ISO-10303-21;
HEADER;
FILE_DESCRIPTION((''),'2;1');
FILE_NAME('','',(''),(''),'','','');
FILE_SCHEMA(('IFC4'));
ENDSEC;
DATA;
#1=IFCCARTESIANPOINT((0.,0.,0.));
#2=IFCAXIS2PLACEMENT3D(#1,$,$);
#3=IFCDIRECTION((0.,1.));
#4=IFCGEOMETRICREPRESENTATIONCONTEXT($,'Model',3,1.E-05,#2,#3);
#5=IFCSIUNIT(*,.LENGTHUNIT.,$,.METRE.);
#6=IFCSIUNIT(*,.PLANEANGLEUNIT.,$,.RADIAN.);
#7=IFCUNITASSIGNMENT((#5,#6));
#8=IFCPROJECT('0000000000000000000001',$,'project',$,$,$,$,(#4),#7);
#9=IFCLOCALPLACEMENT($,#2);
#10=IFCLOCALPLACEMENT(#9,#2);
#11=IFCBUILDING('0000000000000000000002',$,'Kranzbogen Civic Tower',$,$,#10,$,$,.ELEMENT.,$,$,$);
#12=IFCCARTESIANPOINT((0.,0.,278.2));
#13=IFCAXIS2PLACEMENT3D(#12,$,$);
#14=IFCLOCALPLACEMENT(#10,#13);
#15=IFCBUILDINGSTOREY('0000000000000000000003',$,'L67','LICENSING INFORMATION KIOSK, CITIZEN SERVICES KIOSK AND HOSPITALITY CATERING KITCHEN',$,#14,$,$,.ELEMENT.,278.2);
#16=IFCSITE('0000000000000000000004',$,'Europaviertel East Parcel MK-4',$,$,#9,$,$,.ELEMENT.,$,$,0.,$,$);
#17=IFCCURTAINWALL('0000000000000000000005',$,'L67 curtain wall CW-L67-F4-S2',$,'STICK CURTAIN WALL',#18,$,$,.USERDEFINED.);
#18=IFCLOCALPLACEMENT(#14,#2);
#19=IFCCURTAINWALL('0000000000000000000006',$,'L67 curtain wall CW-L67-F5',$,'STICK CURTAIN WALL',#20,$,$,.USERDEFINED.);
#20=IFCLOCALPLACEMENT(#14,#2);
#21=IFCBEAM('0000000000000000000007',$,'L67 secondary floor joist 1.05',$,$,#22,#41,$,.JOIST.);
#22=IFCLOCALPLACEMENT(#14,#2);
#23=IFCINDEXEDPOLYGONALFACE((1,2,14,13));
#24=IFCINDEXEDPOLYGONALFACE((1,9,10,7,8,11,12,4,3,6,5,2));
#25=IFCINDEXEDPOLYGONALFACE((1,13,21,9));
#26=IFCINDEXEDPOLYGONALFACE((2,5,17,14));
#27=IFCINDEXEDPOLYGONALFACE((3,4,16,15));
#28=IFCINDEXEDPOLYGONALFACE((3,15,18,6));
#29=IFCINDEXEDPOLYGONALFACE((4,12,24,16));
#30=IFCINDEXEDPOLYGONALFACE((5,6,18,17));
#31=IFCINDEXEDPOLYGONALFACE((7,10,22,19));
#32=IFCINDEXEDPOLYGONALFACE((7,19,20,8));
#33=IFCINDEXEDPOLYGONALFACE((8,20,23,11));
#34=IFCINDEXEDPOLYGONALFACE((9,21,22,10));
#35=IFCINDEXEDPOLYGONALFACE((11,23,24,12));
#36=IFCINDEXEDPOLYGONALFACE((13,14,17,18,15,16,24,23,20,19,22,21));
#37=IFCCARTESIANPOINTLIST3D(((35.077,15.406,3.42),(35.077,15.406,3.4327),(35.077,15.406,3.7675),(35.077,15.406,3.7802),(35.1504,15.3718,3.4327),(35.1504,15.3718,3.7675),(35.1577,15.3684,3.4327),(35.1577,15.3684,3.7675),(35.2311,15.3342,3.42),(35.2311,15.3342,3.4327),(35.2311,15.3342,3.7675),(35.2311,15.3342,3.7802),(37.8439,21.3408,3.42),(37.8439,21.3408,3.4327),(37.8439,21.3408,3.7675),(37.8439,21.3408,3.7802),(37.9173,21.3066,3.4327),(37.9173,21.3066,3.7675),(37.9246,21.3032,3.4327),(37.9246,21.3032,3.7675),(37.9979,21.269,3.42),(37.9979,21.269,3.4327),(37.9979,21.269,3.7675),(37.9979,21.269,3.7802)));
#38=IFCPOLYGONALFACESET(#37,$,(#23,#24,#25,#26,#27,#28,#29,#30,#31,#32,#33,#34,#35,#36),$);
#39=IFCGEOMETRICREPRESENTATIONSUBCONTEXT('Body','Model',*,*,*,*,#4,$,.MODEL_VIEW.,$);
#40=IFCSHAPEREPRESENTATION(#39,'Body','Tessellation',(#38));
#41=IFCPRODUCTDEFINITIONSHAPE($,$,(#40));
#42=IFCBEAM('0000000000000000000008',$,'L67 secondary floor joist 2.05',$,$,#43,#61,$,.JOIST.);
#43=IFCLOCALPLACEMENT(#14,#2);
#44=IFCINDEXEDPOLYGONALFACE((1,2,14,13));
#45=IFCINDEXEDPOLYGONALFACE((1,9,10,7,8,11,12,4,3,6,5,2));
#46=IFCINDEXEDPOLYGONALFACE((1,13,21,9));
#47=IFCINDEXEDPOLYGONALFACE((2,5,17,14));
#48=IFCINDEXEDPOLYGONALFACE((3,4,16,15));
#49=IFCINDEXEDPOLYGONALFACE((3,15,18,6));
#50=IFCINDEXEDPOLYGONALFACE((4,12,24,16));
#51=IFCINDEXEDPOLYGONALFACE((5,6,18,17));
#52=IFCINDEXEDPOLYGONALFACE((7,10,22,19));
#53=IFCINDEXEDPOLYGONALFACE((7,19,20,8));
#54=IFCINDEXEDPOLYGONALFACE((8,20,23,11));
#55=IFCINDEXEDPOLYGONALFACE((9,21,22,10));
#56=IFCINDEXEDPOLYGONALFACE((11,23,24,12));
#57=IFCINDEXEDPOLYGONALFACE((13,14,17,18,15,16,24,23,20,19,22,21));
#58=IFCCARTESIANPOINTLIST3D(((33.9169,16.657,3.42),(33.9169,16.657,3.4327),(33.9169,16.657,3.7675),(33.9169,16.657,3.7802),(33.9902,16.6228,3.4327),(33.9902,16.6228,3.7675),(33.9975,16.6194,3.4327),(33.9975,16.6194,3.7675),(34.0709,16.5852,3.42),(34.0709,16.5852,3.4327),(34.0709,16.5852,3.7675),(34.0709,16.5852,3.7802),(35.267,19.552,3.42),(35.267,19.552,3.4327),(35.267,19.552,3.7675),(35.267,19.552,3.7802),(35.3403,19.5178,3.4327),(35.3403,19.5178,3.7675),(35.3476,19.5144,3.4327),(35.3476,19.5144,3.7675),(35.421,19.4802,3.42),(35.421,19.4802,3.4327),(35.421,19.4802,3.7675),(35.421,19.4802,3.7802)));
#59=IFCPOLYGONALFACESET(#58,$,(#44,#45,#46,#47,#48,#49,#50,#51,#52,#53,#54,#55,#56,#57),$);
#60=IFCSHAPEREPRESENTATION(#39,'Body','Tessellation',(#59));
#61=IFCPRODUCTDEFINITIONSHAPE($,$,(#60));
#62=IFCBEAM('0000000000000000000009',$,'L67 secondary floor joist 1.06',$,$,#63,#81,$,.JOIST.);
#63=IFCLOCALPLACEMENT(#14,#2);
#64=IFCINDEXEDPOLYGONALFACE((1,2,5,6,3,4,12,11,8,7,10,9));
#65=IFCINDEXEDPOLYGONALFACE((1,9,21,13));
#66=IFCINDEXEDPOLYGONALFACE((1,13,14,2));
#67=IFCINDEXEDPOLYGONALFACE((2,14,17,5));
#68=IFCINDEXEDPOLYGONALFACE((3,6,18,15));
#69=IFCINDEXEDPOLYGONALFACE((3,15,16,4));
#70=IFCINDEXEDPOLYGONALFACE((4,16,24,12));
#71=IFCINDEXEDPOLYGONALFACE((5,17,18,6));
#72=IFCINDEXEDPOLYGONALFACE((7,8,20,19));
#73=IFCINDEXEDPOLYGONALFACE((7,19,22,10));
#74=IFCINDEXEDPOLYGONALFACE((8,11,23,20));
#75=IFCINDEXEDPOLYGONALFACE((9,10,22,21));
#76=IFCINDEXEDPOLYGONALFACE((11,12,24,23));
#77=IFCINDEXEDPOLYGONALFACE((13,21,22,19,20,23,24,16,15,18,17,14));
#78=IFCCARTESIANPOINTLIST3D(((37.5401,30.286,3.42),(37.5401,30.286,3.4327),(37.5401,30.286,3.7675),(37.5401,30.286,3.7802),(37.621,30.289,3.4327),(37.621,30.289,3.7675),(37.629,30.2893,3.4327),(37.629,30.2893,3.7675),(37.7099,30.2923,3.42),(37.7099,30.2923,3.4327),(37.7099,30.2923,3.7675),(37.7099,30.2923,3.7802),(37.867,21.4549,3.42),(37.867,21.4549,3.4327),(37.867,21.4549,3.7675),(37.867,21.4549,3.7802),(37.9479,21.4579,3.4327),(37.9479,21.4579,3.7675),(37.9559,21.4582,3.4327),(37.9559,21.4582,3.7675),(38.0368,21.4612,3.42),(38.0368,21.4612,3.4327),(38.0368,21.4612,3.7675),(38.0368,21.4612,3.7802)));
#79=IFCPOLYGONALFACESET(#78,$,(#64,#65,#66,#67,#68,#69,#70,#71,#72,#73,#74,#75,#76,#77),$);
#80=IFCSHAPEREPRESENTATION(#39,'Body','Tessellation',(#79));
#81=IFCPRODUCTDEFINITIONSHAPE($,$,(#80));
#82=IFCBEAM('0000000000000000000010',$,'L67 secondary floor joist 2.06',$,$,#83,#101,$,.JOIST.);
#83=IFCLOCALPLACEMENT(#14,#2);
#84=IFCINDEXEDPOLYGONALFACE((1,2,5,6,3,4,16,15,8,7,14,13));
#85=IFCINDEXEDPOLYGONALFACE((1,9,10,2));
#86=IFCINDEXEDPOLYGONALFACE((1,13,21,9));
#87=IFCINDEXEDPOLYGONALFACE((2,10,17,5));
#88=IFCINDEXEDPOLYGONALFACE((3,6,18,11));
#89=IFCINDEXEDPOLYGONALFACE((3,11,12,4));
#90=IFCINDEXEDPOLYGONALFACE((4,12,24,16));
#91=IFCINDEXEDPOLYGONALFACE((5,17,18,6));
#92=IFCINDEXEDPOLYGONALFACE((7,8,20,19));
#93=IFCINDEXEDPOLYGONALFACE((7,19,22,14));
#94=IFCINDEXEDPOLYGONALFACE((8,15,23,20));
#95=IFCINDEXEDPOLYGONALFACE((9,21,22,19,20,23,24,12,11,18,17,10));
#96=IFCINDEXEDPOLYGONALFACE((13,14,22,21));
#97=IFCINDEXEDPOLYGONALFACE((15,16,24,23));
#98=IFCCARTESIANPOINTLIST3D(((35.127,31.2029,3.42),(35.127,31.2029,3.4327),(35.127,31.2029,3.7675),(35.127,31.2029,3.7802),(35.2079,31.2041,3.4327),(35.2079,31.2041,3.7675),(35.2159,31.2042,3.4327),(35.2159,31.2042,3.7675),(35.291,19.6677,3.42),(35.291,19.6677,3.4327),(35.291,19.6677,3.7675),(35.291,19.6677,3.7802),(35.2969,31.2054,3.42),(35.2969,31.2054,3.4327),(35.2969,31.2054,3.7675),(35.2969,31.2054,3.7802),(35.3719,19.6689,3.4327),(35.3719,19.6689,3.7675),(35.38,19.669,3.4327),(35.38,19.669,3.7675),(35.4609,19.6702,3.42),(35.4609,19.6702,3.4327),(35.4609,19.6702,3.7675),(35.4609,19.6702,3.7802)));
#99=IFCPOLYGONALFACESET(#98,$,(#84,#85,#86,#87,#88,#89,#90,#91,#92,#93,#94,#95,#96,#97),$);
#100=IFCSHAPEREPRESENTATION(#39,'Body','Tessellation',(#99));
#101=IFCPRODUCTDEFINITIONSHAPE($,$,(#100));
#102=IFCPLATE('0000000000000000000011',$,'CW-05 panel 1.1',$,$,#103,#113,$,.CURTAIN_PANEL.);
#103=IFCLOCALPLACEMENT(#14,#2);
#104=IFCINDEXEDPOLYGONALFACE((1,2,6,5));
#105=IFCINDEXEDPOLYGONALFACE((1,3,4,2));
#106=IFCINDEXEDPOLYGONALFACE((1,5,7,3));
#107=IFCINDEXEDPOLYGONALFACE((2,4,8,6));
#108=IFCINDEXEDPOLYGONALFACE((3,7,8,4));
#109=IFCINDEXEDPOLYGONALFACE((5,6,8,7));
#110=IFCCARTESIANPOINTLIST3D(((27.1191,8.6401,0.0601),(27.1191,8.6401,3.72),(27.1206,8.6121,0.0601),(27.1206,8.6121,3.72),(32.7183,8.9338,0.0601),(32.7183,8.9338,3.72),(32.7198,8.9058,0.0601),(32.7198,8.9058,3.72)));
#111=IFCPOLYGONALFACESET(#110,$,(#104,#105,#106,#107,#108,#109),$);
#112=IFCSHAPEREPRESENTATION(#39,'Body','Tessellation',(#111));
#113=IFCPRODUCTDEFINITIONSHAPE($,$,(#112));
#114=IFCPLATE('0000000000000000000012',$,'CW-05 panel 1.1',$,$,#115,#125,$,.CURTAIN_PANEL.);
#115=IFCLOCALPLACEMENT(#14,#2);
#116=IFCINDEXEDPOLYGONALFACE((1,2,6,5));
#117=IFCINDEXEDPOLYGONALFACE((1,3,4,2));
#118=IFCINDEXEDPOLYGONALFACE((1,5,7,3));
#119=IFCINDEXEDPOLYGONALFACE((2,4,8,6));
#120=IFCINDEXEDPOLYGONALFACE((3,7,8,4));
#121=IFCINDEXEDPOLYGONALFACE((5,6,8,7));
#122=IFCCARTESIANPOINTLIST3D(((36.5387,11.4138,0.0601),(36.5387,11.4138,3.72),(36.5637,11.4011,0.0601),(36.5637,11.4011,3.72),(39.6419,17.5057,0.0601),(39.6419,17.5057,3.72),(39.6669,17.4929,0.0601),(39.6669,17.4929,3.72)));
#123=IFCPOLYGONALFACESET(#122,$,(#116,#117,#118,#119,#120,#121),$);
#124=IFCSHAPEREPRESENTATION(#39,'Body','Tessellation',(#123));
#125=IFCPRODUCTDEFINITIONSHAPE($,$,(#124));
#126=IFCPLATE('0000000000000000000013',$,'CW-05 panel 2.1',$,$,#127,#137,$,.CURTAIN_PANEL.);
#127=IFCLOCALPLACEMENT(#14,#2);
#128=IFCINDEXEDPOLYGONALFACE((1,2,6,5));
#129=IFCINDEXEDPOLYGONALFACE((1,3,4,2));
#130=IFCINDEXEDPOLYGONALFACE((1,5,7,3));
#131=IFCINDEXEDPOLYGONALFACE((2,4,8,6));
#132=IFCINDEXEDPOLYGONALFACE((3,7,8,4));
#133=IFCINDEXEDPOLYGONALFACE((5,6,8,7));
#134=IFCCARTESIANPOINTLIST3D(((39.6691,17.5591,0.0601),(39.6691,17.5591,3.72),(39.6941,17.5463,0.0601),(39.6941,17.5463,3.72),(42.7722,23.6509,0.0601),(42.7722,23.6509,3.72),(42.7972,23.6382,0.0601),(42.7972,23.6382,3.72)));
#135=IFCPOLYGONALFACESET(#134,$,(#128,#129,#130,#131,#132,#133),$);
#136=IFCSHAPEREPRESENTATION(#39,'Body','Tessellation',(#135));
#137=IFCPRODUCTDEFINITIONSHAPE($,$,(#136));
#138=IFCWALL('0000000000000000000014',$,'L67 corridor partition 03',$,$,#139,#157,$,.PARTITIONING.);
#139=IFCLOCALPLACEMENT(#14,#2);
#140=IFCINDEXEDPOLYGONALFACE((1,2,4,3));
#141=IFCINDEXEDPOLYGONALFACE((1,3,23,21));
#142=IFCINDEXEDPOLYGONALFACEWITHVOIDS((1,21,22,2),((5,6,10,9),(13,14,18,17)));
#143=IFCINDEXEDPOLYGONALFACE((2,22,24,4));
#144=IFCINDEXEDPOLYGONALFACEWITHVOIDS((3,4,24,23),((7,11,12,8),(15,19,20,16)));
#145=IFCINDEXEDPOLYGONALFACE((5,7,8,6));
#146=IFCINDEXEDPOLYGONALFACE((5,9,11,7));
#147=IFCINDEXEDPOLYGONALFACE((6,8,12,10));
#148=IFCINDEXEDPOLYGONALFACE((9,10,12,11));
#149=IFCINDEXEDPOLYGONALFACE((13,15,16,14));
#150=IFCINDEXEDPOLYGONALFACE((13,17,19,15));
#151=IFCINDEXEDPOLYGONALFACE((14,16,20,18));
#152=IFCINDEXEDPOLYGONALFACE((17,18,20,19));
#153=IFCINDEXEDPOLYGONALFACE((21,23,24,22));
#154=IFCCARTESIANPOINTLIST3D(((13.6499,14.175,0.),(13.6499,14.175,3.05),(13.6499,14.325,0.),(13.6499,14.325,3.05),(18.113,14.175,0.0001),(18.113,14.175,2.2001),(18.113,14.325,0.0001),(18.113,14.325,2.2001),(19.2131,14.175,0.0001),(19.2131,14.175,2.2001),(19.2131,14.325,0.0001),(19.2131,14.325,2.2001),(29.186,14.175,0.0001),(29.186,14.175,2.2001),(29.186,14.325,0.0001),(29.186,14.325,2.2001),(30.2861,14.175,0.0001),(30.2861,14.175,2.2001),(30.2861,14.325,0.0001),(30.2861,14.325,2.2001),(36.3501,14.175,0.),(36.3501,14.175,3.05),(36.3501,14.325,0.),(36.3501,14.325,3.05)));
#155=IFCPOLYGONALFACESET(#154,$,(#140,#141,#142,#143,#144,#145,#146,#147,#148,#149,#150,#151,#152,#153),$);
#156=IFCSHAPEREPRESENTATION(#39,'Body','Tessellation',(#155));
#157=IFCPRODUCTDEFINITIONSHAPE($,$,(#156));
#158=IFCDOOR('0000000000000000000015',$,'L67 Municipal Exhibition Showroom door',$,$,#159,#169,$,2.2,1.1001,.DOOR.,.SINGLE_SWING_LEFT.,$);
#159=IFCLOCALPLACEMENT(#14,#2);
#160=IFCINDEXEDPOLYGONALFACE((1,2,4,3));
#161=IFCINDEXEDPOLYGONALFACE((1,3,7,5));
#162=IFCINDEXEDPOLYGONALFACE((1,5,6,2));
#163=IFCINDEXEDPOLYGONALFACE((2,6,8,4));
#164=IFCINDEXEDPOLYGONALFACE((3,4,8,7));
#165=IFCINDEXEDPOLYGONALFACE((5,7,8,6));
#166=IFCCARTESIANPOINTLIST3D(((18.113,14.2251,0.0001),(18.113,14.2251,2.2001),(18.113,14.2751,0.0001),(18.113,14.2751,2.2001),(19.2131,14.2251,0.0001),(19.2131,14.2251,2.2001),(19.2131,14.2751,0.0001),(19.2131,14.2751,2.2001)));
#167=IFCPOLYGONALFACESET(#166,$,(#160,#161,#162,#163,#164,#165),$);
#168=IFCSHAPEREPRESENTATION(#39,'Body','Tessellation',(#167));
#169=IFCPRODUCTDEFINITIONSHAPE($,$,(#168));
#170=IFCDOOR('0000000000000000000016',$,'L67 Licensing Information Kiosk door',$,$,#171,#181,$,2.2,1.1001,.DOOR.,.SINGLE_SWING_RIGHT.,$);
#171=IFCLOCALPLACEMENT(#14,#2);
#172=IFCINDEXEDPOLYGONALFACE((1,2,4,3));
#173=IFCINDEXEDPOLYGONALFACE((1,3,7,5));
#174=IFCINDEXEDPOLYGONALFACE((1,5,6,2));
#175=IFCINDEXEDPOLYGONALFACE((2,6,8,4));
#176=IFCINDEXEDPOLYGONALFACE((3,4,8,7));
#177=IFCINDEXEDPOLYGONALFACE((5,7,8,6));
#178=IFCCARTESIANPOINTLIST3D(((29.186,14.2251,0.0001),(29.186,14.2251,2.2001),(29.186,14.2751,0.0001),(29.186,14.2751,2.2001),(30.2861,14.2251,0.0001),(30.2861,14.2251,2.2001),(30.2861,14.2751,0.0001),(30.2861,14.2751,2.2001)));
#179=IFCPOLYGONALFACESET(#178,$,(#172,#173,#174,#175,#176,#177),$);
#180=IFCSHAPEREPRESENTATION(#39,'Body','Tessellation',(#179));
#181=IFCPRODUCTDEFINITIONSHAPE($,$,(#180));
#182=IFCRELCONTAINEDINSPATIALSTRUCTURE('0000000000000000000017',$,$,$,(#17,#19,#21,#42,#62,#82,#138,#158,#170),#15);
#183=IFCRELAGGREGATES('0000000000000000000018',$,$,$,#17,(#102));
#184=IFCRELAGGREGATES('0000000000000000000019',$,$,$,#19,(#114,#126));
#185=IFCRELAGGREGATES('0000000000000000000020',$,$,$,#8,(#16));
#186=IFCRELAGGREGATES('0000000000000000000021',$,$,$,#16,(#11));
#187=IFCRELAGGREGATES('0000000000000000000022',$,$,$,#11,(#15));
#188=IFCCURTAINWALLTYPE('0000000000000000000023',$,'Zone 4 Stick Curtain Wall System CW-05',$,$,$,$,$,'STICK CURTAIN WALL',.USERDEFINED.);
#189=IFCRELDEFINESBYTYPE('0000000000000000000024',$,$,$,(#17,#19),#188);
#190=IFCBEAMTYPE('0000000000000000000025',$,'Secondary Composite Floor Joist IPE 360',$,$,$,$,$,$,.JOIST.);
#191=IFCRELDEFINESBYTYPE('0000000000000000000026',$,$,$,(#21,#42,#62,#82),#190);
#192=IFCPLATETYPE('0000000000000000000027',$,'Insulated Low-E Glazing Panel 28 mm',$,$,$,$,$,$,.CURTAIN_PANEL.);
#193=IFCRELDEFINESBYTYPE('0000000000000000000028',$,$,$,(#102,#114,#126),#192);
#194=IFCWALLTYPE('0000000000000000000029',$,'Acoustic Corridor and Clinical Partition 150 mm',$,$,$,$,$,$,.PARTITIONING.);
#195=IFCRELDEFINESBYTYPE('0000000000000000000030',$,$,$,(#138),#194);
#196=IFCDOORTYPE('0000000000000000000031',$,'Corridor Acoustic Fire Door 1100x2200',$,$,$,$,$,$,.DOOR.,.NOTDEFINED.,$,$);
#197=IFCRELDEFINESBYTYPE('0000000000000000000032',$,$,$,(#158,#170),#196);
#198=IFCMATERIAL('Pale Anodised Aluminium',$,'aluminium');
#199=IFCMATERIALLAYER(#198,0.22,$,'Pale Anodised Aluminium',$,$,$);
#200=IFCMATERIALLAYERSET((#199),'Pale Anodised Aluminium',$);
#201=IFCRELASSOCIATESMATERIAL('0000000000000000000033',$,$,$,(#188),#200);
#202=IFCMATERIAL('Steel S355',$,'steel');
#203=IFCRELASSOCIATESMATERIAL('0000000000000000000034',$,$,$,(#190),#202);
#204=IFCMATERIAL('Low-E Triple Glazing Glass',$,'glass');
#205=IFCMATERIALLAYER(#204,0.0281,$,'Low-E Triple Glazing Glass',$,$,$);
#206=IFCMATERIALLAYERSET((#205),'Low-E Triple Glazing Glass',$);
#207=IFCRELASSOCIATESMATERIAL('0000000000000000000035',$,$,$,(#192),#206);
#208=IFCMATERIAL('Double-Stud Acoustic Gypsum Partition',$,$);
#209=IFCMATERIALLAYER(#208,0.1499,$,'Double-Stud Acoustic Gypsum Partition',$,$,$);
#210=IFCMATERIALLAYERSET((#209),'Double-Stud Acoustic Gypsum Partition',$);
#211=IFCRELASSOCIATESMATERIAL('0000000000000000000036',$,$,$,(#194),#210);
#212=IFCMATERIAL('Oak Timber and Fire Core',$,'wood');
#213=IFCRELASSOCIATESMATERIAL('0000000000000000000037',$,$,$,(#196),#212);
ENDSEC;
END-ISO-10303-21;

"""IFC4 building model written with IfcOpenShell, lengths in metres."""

from ifc_helpers import new_model, si_unit, direction, frame, frame_2d, origin, origin_2d, place, context, subcontext, project, spatial, rectangle, i_section, extrude, material, layer, layer_set, material_profile, profile_set, type_object, element, fill, aggregate, save


model = new_model("IFC4")

# Units and contexts
model_context = context("Model", 3, precision=1e-05, world=origin(), true_north=direction((0.0, 1.0)))
body_context = subcontext(model_context, "Body", "Model", "MODEL_VIEW")
ifc_project = project(units=[si_unit("LENGTHUNIT", "METRE"), si_unit("PLANEANGLEUNIT", "RADIAN")], contexts=[model_context])

# Site, building, storey
site_placement = place(None, origin())
site = spatial("IfcSite", under=ifc_project, at=site_placement, Name="Europaviertel East Parcel MK-4", CompositionType="ELEMENT", RefElevation=0.0)
building_placement = place(site_placement, origin())
building = spatial("IfcBuilding", under=site, at=building_placement, Name="Kranzbogen Civic Tower", CompositionType="ELEMENT")
storey_placement = place(building_placement, frame((0.0, 0.0, 278.2)))
storey = spatial("IfcBuildingStorey", under=building, at=storey_placement, Name="L67", Description="LICENSING INFORMATION KIOSK, CITIZEN SERVICES KIOSK AND HOSPITALITY CATERING KITCHEN", CompositionType="ELEMENT", Elevation=278.2)

# Shared definitions
ifc_material_1 = material(Name="Steel S355", Category="steel")

# Curtain wall
ifc_material_2 = material(Name="Pale Anodised Aluminium", Category="aluminium")
ifc_layer_1 = layer(ifc_material_2, 0.22, Name="Pale Anodised Aluminium")
ifc_layer_set_1 = layer_set([ifc_layer_1], Name="Pale Anodised Aluminium")
curtain_wall_type = type_object("IfcCurtainWallType", Name="Zone 4 Stick Curtain Wall System CW-05", ElementType="STICK CURTAIN WALL", PredefinedType="USERDEFINED", material=ifc_layer_set_1)
curtain_wall_1_placement = place(storey_placement, origin())
curtain_wall_1 = element("IfcCurtainWall", 1, at=curtain_wall_1_placement, inside=storey, type_object=curtain_wall_type, Name="L67 curtain wall CW-L67-F4-S2", ObjectType="STICK CURTAIN WALL", PredefinedType="USERDEFINED")

# Curtain wall
curtain_wall_2_placement = place(storey_placement, origin())
curtain_wall_2 = element("IfcCurtainWall", 2, at=curtain_wall_2_placement, inside=storey, type_object=curtain_wall_type, Name="L67 curtain wall CW-L67-F5", ObjectType="STICK CURTAIN WALL", PredefinedType="USERDEFINED")

# Beams
ifc_material_profile_1 = material_profile(ifc_material_1, i_section(OverallWidth=0.1699, OverallDepth=0.3601, WebThickness=0.0081, FlangeThickness=0.0127, at=origin_2d()), Name="IPE 360")
ifc_profile_set_1 = profile_set([ifc_material_profile_1], Name="Steel S355")
beam_type_1 = type_object("IfcBeamType", Name="Secondary Composite Floor Joist IPE 360", PredefinedType="JOIST", material=ifc_profile_set_1)
beam_1_placement = place(storey_placement, frame((35.1541, 15.3701, 3.6001), z_axis=(0.422543, 0.906343, 0.0), x_axis=(-0.906343, 0.422543, 0.0)))
element("IfcBeam", 3, at=beam_1_placement, inside=storey, type_object=beam_type_1, Name="L67 secondary floor joist 1.05", PredefinedType="JOIST", context=body_context, shape_type="SweptSolid", body=[
    extrude(i_section(OverallWidth=0.1699, OverallDepth=0.3601, WebThickness=0.0081, FlangeThickness=0.0127, at=origin_2d()), origin(), (0.0, 0.0, 1.0), 6.5481),
])
beam_2_placement = place(storey_placement, frame((33.9939, 16.6211, 3.6001), z_axis=(0.422651, 0.906292, 0.0), x_axis=(-0.906292, 0.422651, 0.0)))
element("IfcBeam", 4, at=beam_2_placement, inside=storey, type_object=beam_type_1, Name="L67 secondary floor joist 2.05", PredefinedType="JOIST", context=body_context, shape_type="SweptSolid", body=[
    extrude(i_section(OverallWidth=0.1699, OverallDepth=0.3601, WebThickness=0.0081, FlangeThickness=0.0127, at=origin_2d()), origin(), (0.0, 0.0, 1.0), 3.1943),
])
beam_3_placement = place(storey_placement, frame((37.9519, 21.458, 3.6001), z_axis=(-0.036992, 0.999316, 0.0), x_axis=(-0.999316, -0.036992, 0.0)))
element("IfcBeam", 5, at=beam_3_placement, inside=storey, type_object=beam_type_1, Name="L67 secondary floor joist 1.06", PredefinedType="JOIST", context=body_context, shape_type="SweptSolid", body=[
    extrude(i_section(OverallWidth=0.1699, OverallDepth=0.3601, WebThickness=0.0081, FlangeThickness=0.0127, at=origin_2d()), origin(), (0.0, 0.0, 1.0), 8.8372),
])
beam_4_placement = place(storey_placement, frame((35.376, 19.6689, 3.6001), z_axis=(-0.014221, 0.999899, 0.0), x_axis=(-0.999899, -0.014221, 0.0)))
element("IfcBeam", 6, at=beam_4_placement, inside=storey, type_object=beam_type_1, Name="L67 secondary floor joist 2.06", PredefinedType="JOIST", context=body_context, shape_type="SweptSolid", body=[
    extrude(i_section(OverallWidth=0.1699, OverallDepth=0.3601, WebThickness=0.0081, FlangeThickness=0.0127, at=origin_2d()), origin(), (0.0, 0.0, 1.0), 11.5364),
])

# Plates
ifc_material_3 = material(Name="Low-E Triple Glazing Glass", Category="glass")
ifc_layer_2 = layer(ifc_material_3, 0.0281, Name="Low-E Triple Glazing Glass")
ifc_layer_set_2 = layer_set([ifc_layer_2], Name="Low-E Triple Glazing Glass")
plate_type = type_object("IfcPlateType", Name="Insulated Low-E Glazing Panel 28 mm", PredefinedType="CURTAIN_PANEL", material=ifc_layer_set_2)
plate_1_placement = place(storey_placement, frame((29.9194, 8.7729, 0.0601), z_axis=(0.0, 0.0, 1.0), x_axis=(0.998627, 0.052385, 0.0)))
plate_1 = element("IfcPlate", 7, at=plate_1_placement, type_object=plate_type, Name="CW-05 panel 1.1", PredefinedType="CURTAIN_PANEL", context=body_context, shape_type="SweptSolid", body=[
    extrude(rectangle(XDim=5.6069, YDim=0.0281, at=origin_2d()), origin(), (0.0, 0.0, 1.0), 3.6599),
])
aggregate(curtain_wall_1, [plate_1])
plate_2_placement = place(storey_placement, frame((38.1028, 14.4534, 0.0601), z_axis=(0.0, 0.0, 1.0), x_axis=(0.4539, 0.891053, 0.0)))
plate_2 = element("IfcPlate", 8, at=plate_2_placement, type_object=plate_type, Name="CW-05 panel 1.1", PredefinedType="CURTAIN_PANEL", context=body_context, shape_type="SweptSolid", body=[
    extrude(rectangle(XDim=6.8367, YDim=0.0281, at=origin_2d()), origin(), (0.0, 0.0, 1.0), 3.6599),
])
plate_3_placement = place(storey_placement, frame((41.2332, 20.5986, 0.0601), z_axis=(0.0, 0.0, 1.0), x_axis=(0.4539, 0.891053, 0.0)))
plate_3 = element("IfcPlate", 9, at=plate_3_placement, type_object=plate_type, Name="CW-05 panel 2.1", PredefinedType="CURTAIN_PANEL", context=body_context, shape_type="SweptSolid", body=[
    extrude(rectangle(XDim=6.8367, YDim=0.0281, at=origin_2d()), origin(), (0.0, 0.0, 1.0), 3.6599),
])
aggregate(curtain_wall_2, [plate_2, plate_3])

# Wall, openings, doors
ifc_material_4 = material(Name="Double-Stud Acoustic Gypsum Partition")
ifc_layer_3 = layer(ifc_material_4, 0.1499, Name="Double-Stud Acoustic Gypsum Partition")
ifc_layer_set_3 = layer_set([ifc_layer_3], Name="Double-Stud Acoustic Gypsum Partition")
wall_type_1 = type_object("IfcWallType", Name="Acoustic Corridor and Clinical Partition 150 mm", PredefinedType="PARTITIONING", material=ifc_layer_set_3)
wall_1_placement = place(storey_placement, frame((36.3501, 14.25, 0.0), z_axis=(0.0, 0.0, 1.0), x_axis=(-1.0, 0.0, 0.0)))
wall_1 = element("IfcWall", 10, at=wall_1_placement, inside=storey, type_object=wall_type_1, Name="L67 corridor partition 03", PredefinedType="PARTITIONING", context=body_context, shape_type="SweptSolid", body=[
    extrude(rectangle(XDim=22.7002, YDim=0.1499, at=frame_2d((11.3501, 0.0))), origin(), (0.0, 0.0, 1.0), 3.05),
])
opening_1_placement = place(wall_1_placement, frame((17.137, 0.0, 0.0)))
opening_1 = element("IfcOpeningElement", 11, at=opening_1_placement, cuts=wall_1, PredefinedType="OPENING", context=body_context, shape_type="SweptSolid", body=[
    extrude(rectangle(XDim=1.1001, YDim=2.2, at=frame_2d((0.55, 1.1001))), frame((0.0, 0.085, 0.0), z_axis=(0.0, -1.0, 0.0), x_axis=(1.0, 0.0, 0.0)), (0.0, 0.0, 1.0), 0.1699),
])
opening_2_placement = place(wall_1_placement, frame((6.064, 0.0, 0.0)))
opening_2 = element("IfcOpeningElement", 12, at=opening_2_placement, cuts=wall_1, PredefinedType="OPENING", context=body_context, shape_type="SweptSolid", body=[
    extrude(rectangle(XDim=1.1001, YDim=2.2, at=frame_2d((0.55, 1.1001))), frame((0.0, 0.085, 0.0), z_axis=(0.0, -1.0, 0.0), x_axis=(1.0, 0.0, 0.0)), (0.0, 0.0, 1.0), 0.1699),
])
ifc_material_5 = material(Name="Oak Timber and Fire Core", Category="wood")
door_type_1 = type_object("IfcDoorType", Name="Corridor Acoustic Fire Door 1100x2200", OperationType="NOTDEFINED", PredefinedType="DOOR", material=ifc_material_5)
door_1_placement = place(opening_1_placement, origin())
door_1 = element("IfcDoor", 13, at=door_1_placement, inside=storey, type_object=door_type_1, Name="L67 Municipal Exhibition Showroom door", OperationType="SINGLE_SWING_LEFT", OverallHeight=2.2, OverallWidth=1.1001, PredefinedType="DOOR", context=body_context, shape_type="SweptSolid", body=[
    extrude(rectangle(XDim=1.1001, YDim=2.2, at=frame_2d((0.55, 1.1001))), frame((0.0, 0.0249, 0.0), z_axis=(0.0, -1.0, 0.0), x_axis=(1.0, 0.0, 0.0)), (0.0, 0.0, 1.0), 0.05),
])
fill(opening_1, door_1)
door_2_placement = place(opening_2_placement, origin())
door_2 = element("IfcDoor", 14, at=door_2_placement, inside=storey, type_object=door_type_1, Name="L67 Licensing Information Kiosk door", OperationType="SINGLE_SWING_RIGHT", OverallHeight=2.2, OverallWidth=1.1001, PredefinedType="DOOR", context=body_context, shape_type="SweptSolid", body=[
    extrude(rectangle(XDim=1.1001, YDim=2.2, at=frame_2d((0.55, 1.1001))), frame((0.0, 0.0249, 0.0), z_axis=(0.0, -1.0, 0.0), x_axis=(1.0, 0.0, 0.0)), (0.0, 0.0, 1.0), 0.05),
])
fill(opening_2, door_2)

save(model, "model.ifc")
